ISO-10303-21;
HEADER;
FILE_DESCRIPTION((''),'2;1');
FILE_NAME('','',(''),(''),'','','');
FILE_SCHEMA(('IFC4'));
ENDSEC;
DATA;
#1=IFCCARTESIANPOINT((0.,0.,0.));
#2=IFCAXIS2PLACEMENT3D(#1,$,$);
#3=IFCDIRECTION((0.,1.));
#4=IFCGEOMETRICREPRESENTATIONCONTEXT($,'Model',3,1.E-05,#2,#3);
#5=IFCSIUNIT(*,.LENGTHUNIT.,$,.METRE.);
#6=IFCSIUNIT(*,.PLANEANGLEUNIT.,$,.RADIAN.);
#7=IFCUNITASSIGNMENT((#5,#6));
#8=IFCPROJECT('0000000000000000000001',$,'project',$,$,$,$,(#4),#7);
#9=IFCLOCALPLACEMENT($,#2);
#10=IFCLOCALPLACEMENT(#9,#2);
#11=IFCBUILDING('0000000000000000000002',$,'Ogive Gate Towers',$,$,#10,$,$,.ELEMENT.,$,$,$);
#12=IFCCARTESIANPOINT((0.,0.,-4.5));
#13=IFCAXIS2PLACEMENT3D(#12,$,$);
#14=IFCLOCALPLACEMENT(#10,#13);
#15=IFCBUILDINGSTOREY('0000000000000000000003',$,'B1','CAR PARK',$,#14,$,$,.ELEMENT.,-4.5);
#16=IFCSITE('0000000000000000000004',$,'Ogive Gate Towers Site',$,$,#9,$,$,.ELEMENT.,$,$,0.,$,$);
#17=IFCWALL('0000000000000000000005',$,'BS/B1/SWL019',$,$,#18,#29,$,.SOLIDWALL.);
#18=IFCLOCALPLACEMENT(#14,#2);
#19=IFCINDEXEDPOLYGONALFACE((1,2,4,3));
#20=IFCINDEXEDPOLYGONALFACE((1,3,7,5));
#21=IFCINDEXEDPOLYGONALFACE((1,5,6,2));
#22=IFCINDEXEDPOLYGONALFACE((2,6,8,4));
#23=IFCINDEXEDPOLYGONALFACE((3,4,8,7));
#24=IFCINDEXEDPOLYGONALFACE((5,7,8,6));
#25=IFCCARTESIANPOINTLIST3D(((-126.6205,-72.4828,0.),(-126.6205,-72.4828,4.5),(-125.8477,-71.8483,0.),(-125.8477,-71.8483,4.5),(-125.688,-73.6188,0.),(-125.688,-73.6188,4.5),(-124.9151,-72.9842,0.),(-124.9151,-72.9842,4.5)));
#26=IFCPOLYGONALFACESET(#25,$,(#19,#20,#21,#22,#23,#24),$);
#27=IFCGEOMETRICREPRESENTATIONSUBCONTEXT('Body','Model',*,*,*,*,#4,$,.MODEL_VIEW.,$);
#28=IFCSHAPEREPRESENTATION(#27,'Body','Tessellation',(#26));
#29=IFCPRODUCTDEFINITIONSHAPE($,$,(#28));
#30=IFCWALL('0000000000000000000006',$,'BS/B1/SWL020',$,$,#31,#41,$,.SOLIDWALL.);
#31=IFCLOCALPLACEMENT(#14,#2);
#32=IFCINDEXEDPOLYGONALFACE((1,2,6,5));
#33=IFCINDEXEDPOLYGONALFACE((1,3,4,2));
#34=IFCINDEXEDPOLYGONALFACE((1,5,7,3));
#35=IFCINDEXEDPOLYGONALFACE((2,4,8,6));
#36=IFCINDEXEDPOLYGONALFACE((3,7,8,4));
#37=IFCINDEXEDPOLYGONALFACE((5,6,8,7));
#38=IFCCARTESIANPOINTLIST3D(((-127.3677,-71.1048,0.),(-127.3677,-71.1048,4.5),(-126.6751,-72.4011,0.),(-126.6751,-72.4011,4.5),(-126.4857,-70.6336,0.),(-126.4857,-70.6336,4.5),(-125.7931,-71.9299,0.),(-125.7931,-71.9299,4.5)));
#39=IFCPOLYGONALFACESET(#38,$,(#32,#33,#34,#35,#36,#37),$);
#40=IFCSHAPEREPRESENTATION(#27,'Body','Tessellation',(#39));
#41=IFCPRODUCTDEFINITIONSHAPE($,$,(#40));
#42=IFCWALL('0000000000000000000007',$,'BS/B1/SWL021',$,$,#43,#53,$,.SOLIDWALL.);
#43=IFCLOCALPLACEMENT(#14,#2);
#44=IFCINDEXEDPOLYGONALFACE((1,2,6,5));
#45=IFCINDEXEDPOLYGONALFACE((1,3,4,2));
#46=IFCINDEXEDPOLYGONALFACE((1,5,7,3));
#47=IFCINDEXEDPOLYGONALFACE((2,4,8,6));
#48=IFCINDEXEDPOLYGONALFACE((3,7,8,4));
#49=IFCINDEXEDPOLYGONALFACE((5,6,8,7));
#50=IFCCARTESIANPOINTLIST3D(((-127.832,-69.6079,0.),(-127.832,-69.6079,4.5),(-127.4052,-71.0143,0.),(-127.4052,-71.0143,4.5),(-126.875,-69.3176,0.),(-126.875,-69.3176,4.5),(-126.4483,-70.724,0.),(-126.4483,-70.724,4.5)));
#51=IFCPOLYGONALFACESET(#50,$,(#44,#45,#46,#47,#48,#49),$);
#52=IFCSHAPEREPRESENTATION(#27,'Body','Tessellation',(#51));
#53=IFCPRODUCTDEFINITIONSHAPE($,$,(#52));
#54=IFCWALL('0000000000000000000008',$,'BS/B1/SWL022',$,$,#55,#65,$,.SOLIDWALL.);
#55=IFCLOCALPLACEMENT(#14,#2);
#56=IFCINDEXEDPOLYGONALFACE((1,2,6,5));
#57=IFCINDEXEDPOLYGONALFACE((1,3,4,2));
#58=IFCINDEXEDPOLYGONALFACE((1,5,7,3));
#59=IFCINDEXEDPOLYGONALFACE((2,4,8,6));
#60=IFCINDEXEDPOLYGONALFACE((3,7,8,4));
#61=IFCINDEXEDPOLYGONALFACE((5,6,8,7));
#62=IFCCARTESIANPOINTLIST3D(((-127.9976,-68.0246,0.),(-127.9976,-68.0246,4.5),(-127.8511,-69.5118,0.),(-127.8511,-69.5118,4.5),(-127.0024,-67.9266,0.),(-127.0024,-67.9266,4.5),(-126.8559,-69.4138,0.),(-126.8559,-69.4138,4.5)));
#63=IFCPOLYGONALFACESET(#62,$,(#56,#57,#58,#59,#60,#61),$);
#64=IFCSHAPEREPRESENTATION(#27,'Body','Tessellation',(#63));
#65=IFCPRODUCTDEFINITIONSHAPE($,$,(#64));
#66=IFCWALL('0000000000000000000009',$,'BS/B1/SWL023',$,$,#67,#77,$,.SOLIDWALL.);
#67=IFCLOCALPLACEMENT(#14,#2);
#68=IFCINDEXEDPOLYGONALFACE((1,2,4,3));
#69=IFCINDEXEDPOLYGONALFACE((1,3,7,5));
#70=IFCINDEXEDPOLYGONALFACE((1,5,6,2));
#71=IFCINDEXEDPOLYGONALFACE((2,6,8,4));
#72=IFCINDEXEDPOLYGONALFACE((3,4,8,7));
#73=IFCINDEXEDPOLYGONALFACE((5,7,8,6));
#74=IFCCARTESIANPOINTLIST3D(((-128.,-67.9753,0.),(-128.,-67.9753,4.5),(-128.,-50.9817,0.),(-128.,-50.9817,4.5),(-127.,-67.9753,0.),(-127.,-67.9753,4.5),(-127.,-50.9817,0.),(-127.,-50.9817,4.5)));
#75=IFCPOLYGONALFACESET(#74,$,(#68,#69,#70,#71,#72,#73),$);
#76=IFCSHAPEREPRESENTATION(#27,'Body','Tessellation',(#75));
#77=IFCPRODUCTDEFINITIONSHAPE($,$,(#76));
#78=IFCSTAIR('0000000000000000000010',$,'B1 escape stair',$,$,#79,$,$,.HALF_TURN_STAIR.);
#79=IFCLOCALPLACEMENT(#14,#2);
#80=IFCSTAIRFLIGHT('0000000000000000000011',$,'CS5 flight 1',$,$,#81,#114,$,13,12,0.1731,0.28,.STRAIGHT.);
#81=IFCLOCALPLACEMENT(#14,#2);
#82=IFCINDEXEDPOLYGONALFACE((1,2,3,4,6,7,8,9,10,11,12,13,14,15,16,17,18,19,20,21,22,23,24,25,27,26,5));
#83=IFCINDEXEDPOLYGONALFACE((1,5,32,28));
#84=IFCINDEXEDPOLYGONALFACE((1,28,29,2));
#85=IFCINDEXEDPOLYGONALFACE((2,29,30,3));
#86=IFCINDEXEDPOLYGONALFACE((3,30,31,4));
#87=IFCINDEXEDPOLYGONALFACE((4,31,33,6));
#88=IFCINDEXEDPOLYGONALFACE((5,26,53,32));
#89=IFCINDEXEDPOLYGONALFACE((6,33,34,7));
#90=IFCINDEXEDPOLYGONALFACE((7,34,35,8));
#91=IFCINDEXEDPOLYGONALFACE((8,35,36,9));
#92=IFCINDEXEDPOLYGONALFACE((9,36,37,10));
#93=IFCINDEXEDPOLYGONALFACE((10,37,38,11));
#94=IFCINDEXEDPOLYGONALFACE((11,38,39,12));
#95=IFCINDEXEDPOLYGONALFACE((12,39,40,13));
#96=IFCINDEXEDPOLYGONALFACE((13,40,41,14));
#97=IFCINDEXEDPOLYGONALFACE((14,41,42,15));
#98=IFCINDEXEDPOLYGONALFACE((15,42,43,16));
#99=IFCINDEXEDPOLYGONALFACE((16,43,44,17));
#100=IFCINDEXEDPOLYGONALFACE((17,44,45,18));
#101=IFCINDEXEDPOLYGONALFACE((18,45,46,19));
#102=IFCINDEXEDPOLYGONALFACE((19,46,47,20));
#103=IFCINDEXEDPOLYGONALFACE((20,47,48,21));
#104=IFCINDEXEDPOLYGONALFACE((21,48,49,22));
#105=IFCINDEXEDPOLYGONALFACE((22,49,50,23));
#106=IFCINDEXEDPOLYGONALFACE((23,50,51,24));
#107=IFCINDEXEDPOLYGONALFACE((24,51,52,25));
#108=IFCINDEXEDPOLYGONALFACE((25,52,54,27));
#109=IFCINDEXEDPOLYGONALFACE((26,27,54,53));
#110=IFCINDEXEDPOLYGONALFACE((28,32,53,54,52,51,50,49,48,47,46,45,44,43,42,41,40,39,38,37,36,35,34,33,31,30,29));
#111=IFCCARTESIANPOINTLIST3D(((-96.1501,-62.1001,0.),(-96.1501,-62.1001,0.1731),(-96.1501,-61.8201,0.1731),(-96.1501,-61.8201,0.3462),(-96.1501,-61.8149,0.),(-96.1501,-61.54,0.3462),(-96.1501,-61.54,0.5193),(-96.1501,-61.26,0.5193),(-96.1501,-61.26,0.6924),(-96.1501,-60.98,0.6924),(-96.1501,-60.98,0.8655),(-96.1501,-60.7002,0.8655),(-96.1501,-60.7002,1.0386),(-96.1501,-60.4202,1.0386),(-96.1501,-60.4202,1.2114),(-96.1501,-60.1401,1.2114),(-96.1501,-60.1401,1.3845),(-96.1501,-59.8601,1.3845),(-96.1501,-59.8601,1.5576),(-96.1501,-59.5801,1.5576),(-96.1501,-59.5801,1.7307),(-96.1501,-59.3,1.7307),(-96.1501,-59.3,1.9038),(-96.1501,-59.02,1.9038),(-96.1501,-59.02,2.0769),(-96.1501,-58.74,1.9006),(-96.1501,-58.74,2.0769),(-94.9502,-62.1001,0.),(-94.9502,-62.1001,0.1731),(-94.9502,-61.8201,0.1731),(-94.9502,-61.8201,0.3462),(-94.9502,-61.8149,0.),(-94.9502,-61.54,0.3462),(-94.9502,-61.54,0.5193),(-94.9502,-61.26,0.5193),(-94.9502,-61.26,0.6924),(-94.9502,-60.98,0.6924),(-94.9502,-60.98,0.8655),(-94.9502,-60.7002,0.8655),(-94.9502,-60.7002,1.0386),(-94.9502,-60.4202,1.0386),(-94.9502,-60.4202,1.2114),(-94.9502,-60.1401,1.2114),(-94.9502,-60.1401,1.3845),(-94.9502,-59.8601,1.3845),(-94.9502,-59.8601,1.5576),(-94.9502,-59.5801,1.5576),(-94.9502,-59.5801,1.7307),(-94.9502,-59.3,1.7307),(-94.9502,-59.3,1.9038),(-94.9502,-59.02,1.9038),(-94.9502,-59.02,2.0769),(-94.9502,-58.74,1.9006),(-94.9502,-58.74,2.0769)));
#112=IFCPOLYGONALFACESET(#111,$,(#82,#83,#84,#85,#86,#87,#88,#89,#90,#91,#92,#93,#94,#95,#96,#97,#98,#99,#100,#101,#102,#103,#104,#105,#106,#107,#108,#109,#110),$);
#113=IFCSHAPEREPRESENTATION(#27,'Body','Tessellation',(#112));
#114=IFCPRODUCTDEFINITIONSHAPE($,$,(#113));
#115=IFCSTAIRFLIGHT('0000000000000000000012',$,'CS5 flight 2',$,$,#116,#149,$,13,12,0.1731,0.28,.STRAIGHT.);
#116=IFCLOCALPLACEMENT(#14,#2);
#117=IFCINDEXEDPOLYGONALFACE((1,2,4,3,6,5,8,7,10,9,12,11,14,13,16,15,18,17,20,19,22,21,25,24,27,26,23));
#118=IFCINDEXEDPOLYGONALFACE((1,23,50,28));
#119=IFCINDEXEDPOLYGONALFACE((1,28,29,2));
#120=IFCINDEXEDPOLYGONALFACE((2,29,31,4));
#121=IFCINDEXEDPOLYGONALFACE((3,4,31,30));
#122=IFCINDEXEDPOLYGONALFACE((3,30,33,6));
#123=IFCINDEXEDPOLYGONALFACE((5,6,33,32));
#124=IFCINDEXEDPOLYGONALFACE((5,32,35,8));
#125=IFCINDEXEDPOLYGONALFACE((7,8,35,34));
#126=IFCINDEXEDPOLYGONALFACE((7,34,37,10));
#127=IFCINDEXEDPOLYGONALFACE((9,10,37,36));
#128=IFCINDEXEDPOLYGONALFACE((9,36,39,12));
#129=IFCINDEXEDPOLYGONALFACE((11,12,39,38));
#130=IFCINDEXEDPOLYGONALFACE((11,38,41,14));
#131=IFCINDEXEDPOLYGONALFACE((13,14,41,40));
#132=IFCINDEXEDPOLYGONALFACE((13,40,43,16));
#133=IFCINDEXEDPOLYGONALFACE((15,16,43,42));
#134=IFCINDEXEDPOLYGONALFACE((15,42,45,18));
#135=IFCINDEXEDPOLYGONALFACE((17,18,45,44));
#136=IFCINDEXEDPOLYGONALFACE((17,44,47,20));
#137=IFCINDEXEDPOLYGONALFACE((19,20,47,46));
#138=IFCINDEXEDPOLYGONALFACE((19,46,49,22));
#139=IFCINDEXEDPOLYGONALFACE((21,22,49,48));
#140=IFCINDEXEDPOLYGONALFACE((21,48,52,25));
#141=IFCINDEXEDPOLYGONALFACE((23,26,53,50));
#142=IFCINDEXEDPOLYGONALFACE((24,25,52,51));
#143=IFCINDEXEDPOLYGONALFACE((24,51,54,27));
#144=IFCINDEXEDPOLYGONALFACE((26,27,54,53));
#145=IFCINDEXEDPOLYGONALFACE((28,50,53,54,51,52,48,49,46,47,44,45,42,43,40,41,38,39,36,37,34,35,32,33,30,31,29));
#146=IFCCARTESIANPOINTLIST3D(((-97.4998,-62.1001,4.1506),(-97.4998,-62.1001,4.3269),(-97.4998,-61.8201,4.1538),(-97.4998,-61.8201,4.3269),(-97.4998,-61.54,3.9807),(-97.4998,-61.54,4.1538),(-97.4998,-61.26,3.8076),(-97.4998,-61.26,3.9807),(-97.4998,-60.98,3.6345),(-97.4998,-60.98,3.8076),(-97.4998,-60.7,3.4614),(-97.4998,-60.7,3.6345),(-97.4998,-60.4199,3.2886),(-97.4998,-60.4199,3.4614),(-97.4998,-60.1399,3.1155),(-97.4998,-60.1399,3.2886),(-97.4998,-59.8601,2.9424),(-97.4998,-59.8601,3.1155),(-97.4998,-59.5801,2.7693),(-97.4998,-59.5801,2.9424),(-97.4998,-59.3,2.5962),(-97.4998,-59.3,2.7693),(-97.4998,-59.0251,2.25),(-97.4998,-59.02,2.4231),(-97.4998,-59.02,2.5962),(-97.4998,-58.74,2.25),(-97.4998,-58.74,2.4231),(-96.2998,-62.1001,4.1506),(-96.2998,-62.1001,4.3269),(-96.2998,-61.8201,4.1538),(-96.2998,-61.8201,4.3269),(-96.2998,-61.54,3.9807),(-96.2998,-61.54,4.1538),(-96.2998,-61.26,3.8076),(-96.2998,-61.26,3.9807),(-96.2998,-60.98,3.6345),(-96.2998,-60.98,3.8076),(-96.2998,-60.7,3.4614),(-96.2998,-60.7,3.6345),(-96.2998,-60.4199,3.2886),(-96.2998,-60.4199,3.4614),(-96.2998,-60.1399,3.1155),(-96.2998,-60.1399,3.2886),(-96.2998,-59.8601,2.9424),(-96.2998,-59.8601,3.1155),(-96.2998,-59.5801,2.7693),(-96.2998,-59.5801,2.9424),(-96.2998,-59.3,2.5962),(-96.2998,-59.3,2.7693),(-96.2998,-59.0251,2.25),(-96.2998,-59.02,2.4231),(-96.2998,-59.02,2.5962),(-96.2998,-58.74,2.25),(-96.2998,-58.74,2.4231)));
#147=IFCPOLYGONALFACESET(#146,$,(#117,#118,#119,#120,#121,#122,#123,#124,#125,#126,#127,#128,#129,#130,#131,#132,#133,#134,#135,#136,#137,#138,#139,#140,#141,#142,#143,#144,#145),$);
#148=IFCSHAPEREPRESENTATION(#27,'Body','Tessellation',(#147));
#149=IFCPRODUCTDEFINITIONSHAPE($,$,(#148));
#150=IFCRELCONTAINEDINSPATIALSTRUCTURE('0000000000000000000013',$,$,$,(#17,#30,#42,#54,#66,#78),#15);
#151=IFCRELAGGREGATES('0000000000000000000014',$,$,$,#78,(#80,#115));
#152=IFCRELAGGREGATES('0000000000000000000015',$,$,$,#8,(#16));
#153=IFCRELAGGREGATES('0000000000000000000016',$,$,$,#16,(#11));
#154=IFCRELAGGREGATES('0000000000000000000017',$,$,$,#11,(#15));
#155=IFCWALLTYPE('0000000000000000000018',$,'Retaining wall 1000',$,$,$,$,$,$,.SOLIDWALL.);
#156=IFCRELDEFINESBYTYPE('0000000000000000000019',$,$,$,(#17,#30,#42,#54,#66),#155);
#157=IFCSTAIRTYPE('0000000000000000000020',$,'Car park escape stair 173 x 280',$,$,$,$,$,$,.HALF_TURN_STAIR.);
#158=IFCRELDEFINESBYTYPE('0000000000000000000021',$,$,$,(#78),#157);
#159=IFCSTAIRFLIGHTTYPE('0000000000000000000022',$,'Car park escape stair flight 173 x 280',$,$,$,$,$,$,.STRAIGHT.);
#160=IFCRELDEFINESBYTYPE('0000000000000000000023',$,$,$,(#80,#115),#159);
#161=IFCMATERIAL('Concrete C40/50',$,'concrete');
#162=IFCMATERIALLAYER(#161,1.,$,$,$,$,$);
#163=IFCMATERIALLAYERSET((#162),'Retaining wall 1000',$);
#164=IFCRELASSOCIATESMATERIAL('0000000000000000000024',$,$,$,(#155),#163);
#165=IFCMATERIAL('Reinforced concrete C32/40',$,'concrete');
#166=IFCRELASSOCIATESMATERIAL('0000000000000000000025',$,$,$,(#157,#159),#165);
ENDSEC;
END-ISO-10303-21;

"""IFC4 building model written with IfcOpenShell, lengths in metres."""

from ifc_helpers import new_model, si_unit, direction, frame, frame_2d, origin, place, context, subcontext, project, spatial, polyline, rectangle, outline, extrude, material, layer, layer_set, type_object, element, aggregate, save


model = new_model("IFC4")

# Units and contexts
model_context = context("Model", 3, precision=1e-05, world=origin(), true_north=direction((0.0, 1.0)))
body_context = subcontext(model_context, "Body", "Model", "MODEL_VIEW")
ifc_project = project(units=[si_unit("LENGTHUNIT", "METRE"), si_unit("PLANEANGLEUNIT", "RADIAN")], contexts=[model_context])

# Site, building, storey
site_placement = place(None, origin())
site = spatial("IfcSite", under=ifc_project, at=site_placement, Name="Ogive Gate Towers Site", CompositionType="ELEMENT", RefElevation=0.0)
building_placement = place(site_placement, origin())
building = spatial("IfcBuilding", under=site, at=building_placement, Name="Ogive Gate Towers", CompositionType="ELEMENT")
storey_placement = place(building_placement, frame((0.0, 0.0, -4.5)))
storey = spatial("IfcBuildingStorey", under=building, at=storey_placement, Name="B1", Description="CAR PARK", CompositionType="ELEMENT", Elevation=-4.5)

# Shared definitions
ifc_material_1 = material(Name="Concrete C40/50", Category="concrete")

# Shared definitions
ifc_material_2 = material(Name="Reinforced concrete C32/40", Category="concrete")

# Walls
ifc_layer_1 = layer(ifc_material_1, 1.0)
ifc_layer_set_1 = layer_set([ifc_layer_1], Name="Retaining wall 1000")
wall_type_1 = type_object("IfcWallType", Name="Retaining wall 1000", PredefinedType="SOLIDWALL", material=ifc_layer_set_1)
for number, where, z_axis, x_axis, name in (
    (1, (-125.3015, -73.3015, 0.0), (0.0, 0.0, 1.0), (-0.63453, 0.772898, 0.0), "BS/B1/SWL019"),
    (2, (-126.2341, -72.1655, 0.0), (0.0, 0.0, 1.0), (-0.471235, 0.882008, 0.0), "BS/B1/SWL020"),
    (3, (-126.9268, -70.8691, 0.0), (0.0, 0.0, 1.0), (-0.290349, 0.956921, 0.0), "BS/B1/SWL021"),
):
    element("IfcWall", number, at=place(storey_placement, frame(where, z_axis=z_axis, x_axis=x_axis)), inside=storey, type_object=wall_type_1, Name=name, PredefinedType="SOLIDWALL", context=body_context, shape_type="SweptSolid", body=[
        extrude(rectangle(XDim=1.4697, YDim=1.0, at=frame_2d((0.7349, 0.0))), origin(), (0.0, 0.0, 1.0), 4.5),
    ])
wall_1_placement = place(storey_placement, frame((-127.3535, -69.4626, 0.0), z_axis=(0.0, 0.0, 1.0), x_axis=(-0.098016, 0.995185, 0.0)))
element("IfcWall", 4, at=wall_1_placement, inside=storey, type_object=wall_type_1, Name="BS/B1/SWL022", PredefinedType="SOLIDWALL", context=body_context, shape_type="SweptSolid", body=[
    extrude(rectangle(XDim=1.4944, YDim=1.0, at=frame_2d((0.7471, 0.0))), origin(), (0.0, 0.0, 1.0), 4.5),
])
wall_2_placement = place(storey_placement, frame((-127.5, -67.9753, 0.0), z_axis=(0.0, 0.0, 1.0), x_axis=(0.0, 1.0, 0.0)))
element("IfcWall", 5, at=wall_2_placement, inside=storey, type_object=wall_type_1, Name="BS/B1/SWL023", PredefinedType="SOLIDWALL", context=body_context, shape_type="SweptSolid", body=[
    extrude(rectangle(XDim=16.9937, YDim=1.0, at=frame_2d((8.4968, 0.0))), origin(), (0.0, 0.0, 1.0), 4.5),
])

# Stair, stair flights
stair_type = type_object("IfcStairType", Name="Car park escape stair 173 x 280", PredefinedType="HALF_TURN_STAIR", material=ifc_material_2)
stair_placement = place(storey_placement, origin())
stair = element("IfcStair", 6, at=stair_placement, inside=storey, type_object=stair_type, Name="B1 escape stair", PredefinedType="HALF_TURN_STAIR")
stair_flight_type = type_object("IfcStairFlightType", Name="Car park escape stair flight 173 x 280", PredefinedType="STRAIGHT", material=ifc_material_2)
stair_flight_1_placement = place(storey_placement, frame((-95.55, -62.1001, 0.0), z_axis=(0.0, 0.0, 1.0), x_axis=(0.0, 1.0, 0.0)))
stair_flight_1 = element("IfcStairFlight", 7, at=stair_flight_1_placement, type_object=stair_flight_type, Name="CS5 flight 1", NumberOfRisers=13, NumberOfTreads=12, PredefinedType="STRAIGHT", RiserHeight=0.1731, TreadLength=0.28, context=body_context, shape_type="SweptSolid", body=[
    extrude(outline(polyline([(0.0, 0.0), (0.0, 0.1731), (0.28, 0.1731), (0.28, 0.3462), (0.5601, 0.3462), (0.5601, 0.5193), (0.8401, 0.5193), (0.8401, 0.6924), (1.1201, 0.6924), (1.1201, 0.8655), (1.3999, 0.8655), (1.3999, 1.0386), (1.6799, 1.0386), (1.6799, 1.2114), (1.96, 1.2114), (1.96, 1.3845), (2.24, 1.3845), (2.24, 1.5576), (2.52, 1.5576), (2.52, 1.7307), (2.8, 1.7307), (2.8, 1.9038), (3.0801, 1.9038), (3.0801, 2.0769), (3.3601, 2.0769), (3.3601, 2.25), (3.3601, 1.9006), (0.2852, 0.0), (0.0, 0.0)])), frame((0.0, 0.6001, 0.0), z_axis=(0.0, -1.0, 0.0), x_axis=(1.0, 0.0, 0.0)), (0.0, 0.0, 1.0), 1.2),
])
stair_flight_2_placement = place(storey_placement, frame((-96.8999, -58.74, 2.25), z_axis=(0.0, 0.0, 1.0), x_axis=(0.0, -1.0, 0.0)))
stair_flight_2 = element("IfcStairFlight", 8, at=stair_flight_2_placement, type_object=stair_flight_type, Name="CS5 flight 2", NumberOfRisers=13, NumberOfTreads=12, PredefinedType="STRAIGHT", RiserHeight=0.1731, TreadLength=0.28, context=body_context, shape_type="SweptSolid", body=[
    extrude(outline(polyline([(0.0, 0.0), (0.0, 0.1731), (0.28, 0.1731), (0.28, 0.3462), (0.5601, 0.3462), (0.5601, 0.5193), (0.8401, 0.5193), (0.8401, 0.6924), (1.1201, 0.6924), (1.1201, 0.8655), (1.3999, 0.8655), (1.3999, 1.0386), (1.6799, 1.0386), (1.6799, 1.2114), (1.96, 1.2114), (1.96, 1.3845), (2.24, 1.3845), (2.24, 1.5576), (2.52, 1.5576), (2.52, 1.7307), (2.8, 1.7307), (2.8, 1.9038), (3.0801, 1.9038), (3.0801, 2.0769), (3.3601, 2.0769), (3.3601, 2.25), (3.3601, 1.9006), (0.2852, 0.0), (0.0, 0.0)])), frame((0.0, 0.6001, 0.0), z_axis=(0.0, -1.0, 0.0), x_axis=(1.0, 0.0, 0.0)), (0.0, 0.0, 1.0), 1.2),
])
aggregate(stair, [stair_flight_1, stair_flight_2])

save(model, "model.ifc")
